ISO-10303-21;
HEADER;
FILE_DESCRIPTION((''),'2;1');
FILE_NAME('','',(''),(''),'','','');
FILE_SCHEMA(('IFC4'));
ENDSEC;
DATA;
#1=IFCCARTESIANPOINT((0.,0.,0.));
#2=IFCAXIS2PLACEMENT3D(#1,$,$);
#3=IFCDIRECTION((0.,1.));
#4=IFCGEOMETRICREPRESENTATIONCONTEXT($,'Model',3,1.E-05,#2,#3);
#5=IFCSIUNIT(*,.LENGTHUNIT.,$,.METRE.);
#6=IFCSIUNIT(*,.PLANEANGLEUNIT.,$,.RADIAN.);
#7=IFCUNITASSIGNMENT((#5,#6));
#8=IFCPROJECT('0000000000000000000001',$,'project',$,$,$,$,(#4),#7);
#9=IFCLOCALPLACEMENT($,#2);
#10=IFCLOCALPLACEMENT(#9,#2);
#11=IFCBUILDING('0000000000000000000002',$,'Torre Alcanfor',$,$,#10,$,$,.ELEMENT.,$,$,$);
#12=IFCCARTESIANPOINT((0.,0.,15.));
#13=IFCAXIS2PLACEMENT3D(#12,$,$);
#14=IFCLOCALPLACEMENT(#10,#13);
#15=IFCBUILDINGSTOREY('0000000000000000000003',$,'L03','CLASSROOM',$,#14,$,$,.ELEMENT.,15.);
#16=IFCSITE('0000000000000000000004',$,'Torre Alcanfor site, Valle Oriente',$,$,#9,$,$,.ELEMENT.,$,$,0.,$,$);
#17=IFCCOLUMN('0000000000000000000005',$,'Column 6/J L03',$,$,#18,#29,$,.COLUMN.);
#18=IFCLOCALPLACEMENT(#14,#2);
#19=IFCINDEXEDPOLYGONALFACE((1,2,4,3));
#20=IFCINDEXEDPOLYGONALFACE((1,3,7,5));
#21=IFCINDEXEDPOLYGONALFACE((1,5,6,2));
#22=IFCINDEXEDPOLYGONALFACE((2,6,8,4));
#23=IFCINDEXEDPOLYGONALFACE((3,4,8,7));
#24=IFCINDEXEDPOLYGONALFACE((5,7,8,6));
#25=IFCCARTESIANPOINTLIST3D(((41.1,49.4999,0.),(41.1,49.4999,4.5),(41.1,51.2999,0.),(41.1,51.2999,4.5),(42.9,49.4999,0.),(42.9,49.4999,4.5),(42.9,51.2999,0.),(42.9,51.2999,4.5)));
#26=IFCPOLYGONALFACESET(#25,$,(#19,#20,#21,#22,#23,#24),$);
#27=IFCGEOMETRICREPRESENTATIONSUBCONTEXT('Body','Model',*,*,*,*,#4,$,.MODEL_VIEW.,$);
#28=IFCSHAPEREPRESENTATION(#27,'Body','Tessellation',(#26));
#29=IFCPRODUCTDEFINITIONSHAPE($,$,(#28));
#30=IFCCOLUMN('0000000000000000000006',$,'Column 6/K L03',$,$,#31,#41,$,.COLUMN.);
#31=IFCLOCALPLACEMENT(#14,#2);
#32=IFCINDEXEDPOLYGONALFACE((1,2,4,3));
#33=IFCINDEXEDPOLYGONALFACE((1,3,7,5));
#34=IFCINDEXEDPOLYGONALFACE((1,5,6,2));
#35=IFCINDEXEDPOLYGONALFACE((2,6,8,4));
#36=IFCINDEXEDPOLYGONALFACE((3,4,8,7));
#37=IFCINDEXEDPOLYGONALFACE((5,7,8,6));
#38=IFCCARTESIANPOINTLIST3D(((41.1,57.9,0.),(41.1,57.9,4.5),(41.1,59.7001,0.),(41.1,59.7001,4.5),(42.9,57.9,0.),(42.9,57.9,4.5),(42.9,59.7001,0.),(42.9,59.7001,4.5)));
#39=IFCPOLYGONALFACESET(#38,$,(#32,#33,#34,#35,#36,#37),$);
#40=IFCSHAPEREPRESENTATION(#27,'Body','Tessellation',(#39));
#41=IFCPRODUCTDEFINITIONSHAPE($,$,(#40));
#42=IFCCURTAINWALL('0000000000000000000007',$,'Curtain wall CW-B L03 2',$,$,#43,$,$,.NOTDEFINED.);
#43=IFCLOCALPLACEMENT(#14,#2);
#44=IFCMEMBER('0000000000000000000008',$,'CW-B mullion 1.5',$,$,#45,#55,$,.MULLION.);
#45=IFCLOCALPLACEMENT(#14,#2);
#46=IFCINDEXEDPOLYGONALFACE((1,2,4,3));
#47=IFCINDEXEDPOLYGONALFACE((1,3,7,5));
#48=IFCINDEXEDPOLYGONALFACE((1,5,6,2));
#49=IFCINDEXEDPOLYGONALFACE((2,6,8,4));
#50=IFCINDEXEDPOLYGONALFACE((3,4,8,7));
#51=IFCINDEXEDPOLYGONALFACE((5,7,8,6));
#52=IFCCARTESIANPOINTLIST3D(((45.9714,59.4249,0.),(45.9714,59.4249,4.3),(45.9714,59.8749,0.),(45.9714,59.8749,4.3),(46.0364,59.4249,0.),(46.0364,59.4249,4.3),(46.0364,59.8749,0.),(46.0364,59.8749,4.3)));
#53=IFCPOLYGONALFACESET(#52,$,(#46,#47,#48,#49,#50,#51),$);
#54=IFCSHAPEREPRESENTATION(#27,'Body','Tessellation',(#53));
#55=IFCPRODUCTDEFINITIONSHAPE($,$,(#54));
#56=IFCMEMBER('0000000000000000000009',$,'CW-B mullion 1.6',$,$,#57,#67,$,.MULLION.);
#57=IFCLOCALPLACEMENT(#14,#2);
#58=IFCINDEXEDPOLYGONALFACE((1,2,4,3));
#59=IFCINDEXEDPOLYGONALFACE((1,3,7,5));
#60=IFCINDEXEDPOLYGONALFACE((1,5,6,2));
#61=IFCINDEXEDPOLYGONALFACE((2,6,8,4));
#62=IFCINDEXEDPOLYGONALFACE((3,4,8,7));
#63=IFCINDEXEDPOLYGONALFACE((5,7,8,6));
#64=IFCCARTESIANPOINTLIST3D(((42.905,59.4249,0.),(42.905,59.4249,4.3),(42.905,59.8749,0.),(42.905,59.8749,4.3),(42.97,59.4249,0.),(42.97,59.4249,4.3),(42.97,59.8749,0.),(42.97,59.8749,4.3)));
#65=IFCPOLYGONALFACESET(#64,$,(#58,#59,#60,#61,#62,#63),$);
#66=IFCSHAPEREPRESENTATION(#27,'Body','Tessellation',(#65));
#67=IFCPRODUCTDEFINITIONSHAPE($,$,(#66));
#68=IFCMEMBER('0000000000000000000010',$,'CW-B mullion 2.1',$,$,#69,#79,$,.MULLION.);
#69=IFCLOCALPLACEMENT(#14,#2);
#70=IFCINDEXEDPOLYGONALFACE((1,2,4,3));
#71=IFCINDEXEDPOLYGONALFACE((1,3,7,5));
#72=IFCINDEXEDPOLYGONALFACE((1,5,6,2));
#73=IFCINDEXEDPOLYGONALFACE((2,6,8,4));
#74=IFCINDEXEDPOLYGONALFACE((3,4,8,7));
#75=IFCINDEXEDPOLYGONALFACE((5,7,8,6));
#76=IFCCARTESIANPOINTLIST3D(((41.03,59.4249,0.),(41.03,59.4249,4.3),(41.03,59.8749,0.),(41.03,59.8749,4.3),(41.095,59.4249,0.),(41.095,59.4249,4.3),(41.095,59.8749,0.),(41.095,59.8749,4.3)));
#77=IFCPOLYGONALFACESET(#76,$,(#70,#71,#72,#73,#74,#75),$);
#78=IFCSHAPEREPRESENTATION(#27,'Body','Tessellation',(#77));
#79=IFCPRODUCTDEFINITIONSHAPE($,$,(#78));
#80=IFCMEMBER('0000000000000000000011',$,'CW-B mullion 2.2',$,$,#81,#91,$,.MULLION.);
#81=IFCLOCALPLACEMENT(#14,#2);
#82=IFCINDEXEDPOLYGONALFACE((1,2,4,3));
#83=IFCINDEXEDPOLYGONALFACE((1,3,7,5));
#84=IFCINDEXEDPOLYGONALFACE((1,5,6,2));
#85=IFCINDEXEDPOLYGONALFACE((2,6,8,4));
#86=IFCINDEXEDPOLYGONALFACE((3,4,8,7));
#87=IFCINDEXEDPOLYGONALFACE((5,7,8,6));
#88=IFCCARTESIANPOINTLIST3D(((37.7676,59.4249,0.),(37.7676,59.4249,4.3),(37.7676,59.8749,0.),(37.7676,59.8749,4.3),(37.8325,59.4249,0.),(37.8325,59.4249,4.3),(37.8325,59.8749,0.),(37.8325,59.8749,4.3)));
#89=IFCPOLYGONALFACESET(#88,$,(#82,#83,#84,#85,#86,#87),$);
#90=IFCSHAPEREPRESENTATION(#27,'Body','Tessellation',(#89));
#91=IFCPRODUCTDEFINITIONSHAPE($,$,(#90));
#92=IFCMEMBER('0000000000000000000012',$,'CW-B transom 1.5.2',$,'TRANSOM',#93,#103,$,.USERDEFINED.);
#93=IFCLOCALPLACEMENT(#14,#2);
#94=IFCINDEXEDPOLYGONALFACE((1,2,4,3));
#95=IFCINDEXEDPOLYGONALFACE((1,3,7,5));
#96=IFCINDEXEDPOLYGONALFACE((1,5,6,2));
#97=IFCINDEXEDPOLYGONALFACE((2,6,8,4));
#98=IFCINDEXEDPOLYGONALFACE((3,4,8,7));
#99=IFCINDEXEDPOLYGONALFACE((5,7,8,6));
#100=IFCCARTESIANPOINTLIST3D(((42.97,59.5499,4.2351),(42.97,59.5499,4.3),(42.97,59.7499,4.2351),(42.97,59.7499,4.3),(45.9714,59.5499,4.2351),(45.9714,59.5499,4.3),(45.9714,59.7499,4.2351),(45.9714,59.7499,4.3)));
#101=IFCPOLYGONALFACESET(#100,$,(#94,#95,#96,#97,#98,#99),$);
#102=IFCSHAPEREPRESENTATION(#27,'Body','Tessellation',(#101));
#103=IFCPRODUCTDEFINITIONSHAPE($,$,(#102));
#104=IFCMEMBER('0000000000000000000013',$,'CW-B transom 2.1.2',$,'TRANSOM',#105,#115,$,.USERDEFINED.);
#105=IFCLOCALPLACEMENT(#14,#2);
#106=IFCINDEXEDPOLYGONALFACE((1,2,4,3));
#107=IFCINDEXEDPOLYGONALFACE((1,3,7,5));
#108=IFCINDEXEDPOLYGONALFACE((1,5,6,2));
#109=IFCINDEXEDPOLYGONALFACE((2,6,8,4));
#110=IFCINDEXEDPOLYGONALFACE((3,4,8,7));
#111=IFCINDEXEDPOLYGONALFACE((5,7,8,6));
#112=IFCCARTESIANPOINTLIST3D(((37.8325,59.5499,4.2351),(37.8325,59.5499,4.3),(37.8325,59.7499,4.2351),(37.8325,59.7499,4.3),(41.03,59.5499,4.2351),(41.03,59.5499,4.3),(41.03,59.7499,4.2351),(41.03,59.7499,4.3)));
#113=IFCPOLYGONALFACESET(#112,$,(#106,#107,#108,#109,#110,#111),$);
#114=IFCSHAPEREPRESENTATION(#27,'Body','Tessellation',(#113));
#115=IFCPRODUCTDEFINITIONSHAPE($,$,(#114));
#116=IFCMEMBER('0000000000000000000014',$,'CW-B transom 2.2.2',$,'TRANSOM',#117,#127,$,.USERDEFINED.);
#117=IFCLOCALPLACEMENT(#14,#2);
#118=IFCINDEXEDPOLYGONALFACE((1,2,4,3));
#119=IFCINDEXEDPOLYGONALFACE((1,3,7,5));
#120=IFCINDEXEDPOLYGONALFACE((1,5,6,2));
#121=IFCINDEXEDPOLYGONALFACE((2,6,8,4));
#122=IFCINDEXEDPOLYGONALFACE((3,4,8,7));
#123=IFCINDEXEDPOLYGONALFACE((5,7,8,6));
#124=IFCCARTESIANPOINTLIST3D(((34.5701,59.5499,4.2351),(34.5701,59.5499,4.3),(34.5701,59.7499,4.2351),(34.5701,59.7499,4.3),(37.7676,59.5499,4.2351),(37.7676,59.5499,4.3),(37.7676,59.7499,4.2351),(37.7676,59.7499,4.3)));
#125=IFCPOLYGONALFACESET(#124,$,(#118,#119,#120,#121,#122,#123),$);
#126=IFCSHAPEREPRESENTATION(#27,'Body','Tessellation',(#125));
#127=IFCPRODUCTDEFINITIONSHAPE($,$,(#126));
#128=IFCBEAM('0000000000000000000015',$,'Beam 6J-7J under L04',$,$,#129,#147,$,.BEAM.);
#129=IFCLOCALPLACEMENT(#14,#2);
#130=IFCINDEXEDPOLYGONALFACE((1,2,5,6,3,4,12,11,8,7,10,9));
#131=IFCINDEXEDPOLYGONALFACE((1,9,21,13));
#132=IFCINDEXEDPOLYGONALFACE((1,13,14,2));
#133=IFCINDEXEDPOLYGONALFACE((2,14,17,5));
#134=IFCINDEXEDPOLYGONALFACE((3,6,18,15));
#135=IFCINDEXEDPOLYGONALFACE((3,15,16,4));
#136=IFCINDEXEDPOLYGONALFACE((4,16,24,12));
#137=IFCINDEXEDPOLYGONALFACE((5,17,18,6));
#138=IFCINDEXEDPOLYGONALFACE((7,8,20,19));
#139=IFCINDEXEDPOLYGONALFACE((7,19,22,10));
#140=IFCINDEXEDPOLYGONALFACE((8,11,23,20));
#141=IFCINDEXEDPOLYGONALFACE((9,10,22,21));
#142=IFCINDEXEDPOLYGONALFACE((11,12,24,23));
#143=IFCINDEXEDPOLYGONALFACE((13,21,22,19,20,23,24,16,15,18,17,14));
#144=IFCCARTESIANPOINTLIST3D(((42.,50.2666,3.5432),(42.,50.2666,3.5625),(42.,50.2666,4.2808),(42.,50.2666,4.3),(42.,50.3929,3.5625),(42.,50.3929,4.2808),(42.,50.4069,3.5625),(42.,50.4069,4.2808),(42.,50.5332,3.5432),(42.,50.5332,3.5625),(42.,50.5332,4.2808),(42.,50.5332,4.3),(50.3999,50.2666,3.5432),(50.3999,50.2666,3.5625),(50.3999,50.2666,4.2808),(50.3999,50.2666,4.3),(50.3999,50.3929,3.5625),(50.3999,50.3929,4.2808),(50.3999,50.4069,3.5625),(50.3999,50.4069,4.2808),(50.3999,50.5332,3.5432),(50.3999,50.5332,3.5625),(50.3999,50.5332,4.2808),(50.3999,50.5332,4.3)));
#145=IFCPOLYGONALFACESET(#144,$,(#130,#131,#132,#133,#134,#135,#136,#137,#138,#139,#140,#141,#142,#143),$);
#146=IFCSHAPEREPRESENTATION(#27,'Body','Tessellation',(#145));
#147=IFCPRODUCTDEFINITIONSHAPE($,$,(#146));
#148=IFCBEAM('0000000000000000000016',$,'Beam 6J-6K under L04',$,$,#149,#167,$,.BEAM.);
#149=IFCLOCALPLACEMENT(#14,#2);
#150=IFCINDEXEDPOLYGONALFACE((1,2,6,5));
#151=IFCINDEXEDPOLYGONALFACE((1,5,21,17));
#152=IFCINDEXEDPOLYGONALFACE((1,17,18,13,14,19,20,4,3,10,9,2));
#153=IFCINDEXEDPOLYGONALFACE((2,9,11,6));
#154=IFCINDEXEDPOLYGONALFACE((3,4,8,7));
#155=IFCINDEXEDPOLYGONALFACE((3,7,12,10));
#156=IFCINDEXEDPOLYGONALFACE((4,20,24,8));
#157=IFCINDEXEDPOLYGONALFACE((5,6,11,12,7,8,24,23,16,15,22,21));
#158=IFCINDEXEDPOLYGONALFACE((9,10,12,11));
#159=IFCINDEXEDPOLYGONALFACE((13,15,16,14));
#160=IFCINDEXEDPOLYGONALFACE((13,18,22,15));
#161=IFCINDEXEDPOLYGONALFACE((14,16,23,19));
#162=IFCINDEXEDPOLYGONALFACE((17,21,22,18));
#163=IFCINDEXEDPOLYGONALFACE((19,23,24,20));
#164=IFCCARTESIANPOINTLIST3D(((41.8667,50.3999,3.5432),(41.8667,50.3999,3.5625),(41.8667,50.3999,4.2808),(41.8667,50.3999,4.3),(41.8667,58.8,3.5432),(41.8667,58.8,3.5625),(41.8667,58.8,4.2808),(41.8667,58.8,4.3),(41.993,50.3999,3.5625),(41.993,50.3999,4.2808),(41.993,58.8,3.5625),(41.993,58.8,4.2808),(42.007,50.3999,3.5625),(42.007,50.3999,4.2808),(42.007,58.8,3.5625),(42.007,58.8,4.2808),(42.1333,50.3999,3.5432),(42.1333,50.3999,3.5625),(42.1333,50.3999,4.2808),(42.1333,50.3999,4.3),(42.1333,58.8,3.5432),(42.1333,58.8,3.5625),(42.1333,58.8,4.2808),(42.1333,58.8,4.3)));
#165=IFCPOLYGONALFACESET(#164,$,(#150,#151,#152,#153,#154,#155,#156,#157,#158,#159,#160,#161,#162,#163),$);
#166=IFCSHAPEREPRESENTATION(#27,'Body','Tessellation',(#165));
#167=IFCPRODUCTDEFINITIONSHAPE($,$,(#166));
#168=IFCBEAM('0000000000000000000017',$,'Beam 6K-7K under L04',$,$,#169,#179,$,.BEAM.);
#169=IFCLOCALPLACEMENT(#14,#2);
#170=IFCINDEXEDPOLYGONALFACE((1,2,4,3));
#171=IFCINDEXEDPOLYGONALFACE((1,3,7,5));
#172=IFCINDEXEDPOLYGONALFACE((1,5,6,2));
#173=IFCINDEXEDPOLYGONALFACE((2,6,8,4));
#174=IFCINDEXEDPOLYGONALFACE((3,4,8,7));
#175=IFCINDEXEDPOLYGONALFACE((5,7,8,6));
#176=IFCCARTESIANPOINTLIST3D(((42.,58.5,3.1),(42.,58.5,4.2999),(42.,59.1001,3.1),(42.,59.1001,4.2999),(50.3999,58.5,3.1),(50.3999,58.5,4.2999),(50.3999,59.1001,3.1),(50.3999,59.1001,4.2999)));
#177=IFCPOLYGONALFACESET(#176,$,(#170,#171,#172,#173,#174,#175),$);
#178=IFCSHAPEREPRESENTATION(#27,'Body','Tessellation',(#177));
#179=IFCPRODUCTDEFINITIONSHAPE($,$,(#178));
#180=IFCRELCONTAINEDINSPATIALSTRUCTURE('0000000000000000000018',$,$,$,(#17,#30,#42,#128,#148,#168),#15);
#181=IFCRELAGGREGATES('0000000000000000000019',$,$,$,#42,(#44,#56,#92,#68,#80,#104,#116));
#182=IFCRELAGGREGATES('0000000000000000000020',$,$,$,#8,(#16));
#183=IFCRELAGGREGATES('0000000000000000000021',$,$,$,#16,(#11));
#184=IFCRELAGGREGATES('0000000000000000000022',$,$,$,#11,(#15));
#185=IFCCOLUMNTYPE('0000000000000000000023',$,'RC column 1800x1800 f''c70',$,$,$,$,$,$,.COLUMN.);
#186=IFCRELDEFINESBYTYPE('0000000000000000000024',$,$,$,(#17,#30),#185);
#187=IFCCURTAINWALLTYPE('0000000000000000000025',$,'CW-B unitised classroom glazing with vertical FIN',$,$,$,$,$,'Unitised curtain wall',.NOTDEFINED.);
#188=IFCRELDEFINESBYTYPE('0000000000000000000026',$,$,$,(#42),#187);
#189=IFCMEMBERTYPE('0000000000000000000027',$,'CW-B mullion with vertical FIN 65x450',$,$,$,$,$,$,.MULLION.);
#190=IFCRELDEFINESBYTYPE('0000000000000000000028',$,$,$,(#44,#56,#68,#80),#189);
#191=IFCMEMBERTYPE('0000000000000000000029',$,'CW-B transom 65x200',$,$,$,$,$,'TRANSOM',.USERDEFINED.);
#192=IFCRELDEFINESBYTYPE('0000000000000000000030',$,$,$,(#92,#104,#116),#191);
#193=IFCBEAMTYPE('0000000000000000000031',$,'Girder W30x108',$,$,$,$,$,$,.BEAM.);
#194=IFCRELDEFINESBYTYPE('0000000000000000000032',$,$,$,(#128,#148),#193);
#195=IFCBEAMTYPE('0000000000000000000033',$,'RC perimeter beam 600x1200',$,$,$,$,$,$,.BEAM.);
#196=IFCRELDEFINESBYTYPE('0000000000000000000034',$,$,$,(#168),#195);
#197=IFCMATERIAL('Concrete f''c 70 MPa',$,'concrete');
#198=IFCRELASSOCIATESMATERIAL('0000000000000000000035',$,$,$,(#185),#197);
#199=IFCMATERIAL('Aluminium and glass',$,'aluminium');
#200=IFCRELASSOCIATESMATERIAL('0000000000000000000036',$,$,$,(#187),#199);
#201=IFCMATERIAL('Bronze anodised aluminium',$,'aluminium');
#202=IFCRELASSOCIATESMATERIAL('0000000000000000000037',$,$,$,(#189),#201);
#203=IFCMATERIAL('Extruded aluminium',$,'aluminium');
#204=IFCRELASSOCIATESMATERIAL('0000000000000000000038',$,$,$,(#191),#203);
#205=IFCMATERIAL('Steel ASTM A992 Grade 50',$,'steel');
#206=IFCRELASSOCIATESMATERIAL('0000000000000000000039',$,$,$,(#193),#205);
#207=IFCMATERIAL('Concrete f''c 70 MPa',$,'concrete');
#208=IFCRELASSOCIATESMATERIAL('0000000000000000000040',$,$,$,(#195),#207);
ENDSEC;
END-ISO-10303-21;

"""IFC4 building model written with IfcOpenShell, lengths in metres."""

from ifc_helpers import new_model, si_unit, direction, frame, origin, origin_2d, place, context, subcontext, project, spatial, rectangle, i_section, extrude, material, material_profile, profile_set, type_object, element, aggregate, save


model = new_model("IFC4")

# Units and contexts
model_context = context("Model", 3, precision=1e-05, world=origin(), true_north=direction((0.0, 1.0)))
body_context = subcontext(model_context, "Body", "Model", "MODEL_VIEW")
ifc_project = project(units=[si_unit("LENGTHUNIT", "METRE"), si_unit("PLANEANGLEUNIT", "RADIAN")], contexts=[model_context])

# Site, building, storey
site_placement = place(None, origin())
site = spatial("IfcSite", under=ifc_project, at=site_placement, Name="Torre Alcanfor site, Valle Oriente", CompositionType="ELEMENT", RefElevation=0.0)
building_placement = place(site_placement, origin())
building = spatial("IfcBuilding", under=site, at=building_placement, Name="Torre Alcanfor", CompositionType="ELEMENT")
storey_placement = place(building_placement, frame((0.0, 0.0, 15.0)))
storey = spatial("IfcBuildingStorey", under=building, at=storey_placement, Name="L03", Description="CLASSROOM", CompositionType="ELEMENT", Elevation=15.0)

# Columns
ifc_material_1 = material(Name="Concrete f'c 70 MPa", Category="concrete")
ifc_material_profile_1 = material_profile(ifc_material_1, rectangle(XDim=1.8, YDim=1.8, at=origin_2d()), Name="1800x1800")
ifc_profile_set_1 = profile_set([ifc_material_profile_1], Name="Concrete f'c 70 MPa")
column_type = type_object("IfcColumnType", Name="RC column 1800x1800 f'c70", PredefinedType="COLUMN", material=ifc_profile_set_1)
for number, where, z_axis, x_axis, name in (
    (1, (42.0, 50.3999, 0.0), (0.0, 0.0, 1.0), (1.0, 0.0, 0.0), "Column 6/J L03"),
    (2, (42.0, 58.8, 0.0), (0.0, 0.0, 1.0), (1.0, 0.0, 0.0), "Column 6/K L03"),
):
    element("IfcColumn", number, at=place(storey_placement, frame(where, z_axis=z_axis, x_axis=x_axis)), inside=storey, type_object=column_type, Name=name, PredefinedType="COLUMN", context=body_context, shape_type="SweptSolid", body=[
        extrude(rectangle(XDim=1.8, YDim=1.8, at=origin_2d()), origin(), (0.0, 0.0, 1.0), 4.5),
    ])

# Curtain wall, members
ifc_material_2 = material(Name="Aluminium and glass", Category="aluminium")
curtain_wall_type = type_object("IfcCurtainWallType", Name="CW-B unitised classroom glazing with vertical FIN", ElementType="Unitised curtain wall", PredefinedType="NOTDEFINED", material=ifc_material_2)
curtain_wall_placement = place(storey_placement, origin())
curtain_wall = element("IfcCurtainWall", 3, at=curtain_wall_placement, inside=storey, type_object=curtain_wall_type, Name="Curtain wall CW-B L03 2", PredefinedType="NOTDEFINED")
ifc_material_3 = material(Name="Bronze anodised aluminium", Category="aluminium")
ifc_material_profile_2 = material_profile(ifc_material_3, rectangle(XDim=0.45, YDim=0.0649, at=origin_2d()), Name="CW-B mullion 65x450")
ifc_profile_set_2 = profile_set([ifc_material_profile_2], Name="Bronze anodised aluminium")
member_type_1 = type_object("IfcMemberType", Name="CW-B mullion with vertical FIN 65x450", PredefinedType="MULLION", material=ifc_profile_set_2)
member_1_placement = place(storey_placement, frame((46.0039, 59.6499, 0.0), z_axis=(0.0, 0.0, 1.0), x_axis=(0.0, -1.0, 0.0)))
member_1 = element("IfcMember", 4, at=member_1_placement, type_object=member_type_1, Name="CW-B mullion 1.5", PredefinedType="MULLION", context=body_context, shape_type="SweptSolid", body=[
    extrude(rectangle(XDim=0.45, YDim=0.0649, at=origin_2d()), origin(), (0.0, 0.0, 1.0), 4.3),
])
member_2_placement = place(storey_placement, frame((42.9375, 59.6499, 0.0), z_axis=(0.0, 0.0, 1.0), x_axis=(0.0, -1.0, 0.0)))
member_2 = element("IfcMember", 5, at=member_2_placement, type_object=member_type_1, Name="CW-B mullion 1.6", PredefinedType="MULLION", context=body_context, shape_type="SweptSolid", body=[
    extrude(rectangle(XDim=0.45, YDim=0.0649, at=origin_2d()), origin(), (0.0, 0.0, 1.0), 4.3),
])
member_3_placement = place(storey_placement, frame((41.0625, 59.6499, 0.0), z_axis=(0.0, 0.0, 1.0), x_axis=(0.0, -1.0, 0.0)))
member_3 = element("IfcMember", 6, at=member_3_placement, type_object=member_type_1, Name="CW-B mullion 2.1", PredefinedType="MULLION", context=body_context, shape_type="SweptSolid", body=[
    extrude(rectangle(XDim=0.45, YDim=0.0649, at=origin_2d()), origin(), (0.0, 0.0, 1.0), 4.3),
])
member_4_placement = place(storey_placement, frame((37.8, 59.6499, 0.0), z_axis=(0.0, 0.0, 1.0), x_axis=(0.0, -1.0, 0.0)))
member_4 = element("IfcMember", 7, at=member_4_placement, type_object=member_type_1, Name="CW-B mullion 2.2", PredefinedType="MULLION", context=body_context, shape_type="SweptSolid", body=[
    extrude(rectangle(XDim=0.45, YDim=0.0649, at=origin_2d()), origin(), (0.0, 0.0, 1.0), 4.3),
])
ifc_material_4 = material(Name="Extruded aluminium", Category="aluminium")
ifc_material_profile_3 = material_profile(ifc_material_4, rectangle(XDim=0.2, YDim=0.0649, at=origin_2d()), Name="CW-B transom 200x65")
ifc_profile_set_3 = profile_set([ifc_material_profile_3], Name="Extruded aluminium")
member_type_2 = type_object("IfcMemberType", Name="CW-B transom 65x200", ElementType="TRANSOM", PredefinedType="USERDEFINED", material=ifc_profile_set_3)
member_5_placement = place(storey_placement, frame((45.9714, 59.6499, 4.2676), z_axis=(-1.0, 0.0, 0.0), x_axis=(0.0, -1.0, 0.0)))
member_5 = element("IfcMember", 8, at=member_5_placement, type_object=member_type_2, Name="CW-B transom 1.5.2", ObjectType="TRANSOM", PredefinedType="USERDEFINED", context=body_context, shape_type="SweptSolid", body=[
    extrude(rectangle(XDim=0.2, YDim=0.0649, at=origin_2d()), origin(), (0.0, 0.0, 1.0), 3.0015),
])
member_6_placement = place(storey_placement, frame((41.03, 59.6499, 4.2676), z_axis=(-1.0, 0.0, 0.0), x_axis=(0.0, -1.0, 0.0)))
member_6 = element("IfcMember", 9, at=member_6_placement, type_object=member_type_2, Name="CW-B transom 2.1.2", ObjectType="TRANSOM", PredefinedType="USERDEFINED", context=body_context, shape_type="SweptSolid", body=[
    extrude(rectangle(XDim=0.2, YDim=0.0649, at=origin_2d()), origin(), (0.0, 0.0, 1.0), 3.1975),
])
member_7_placement = place(storey_placement, frame((37.7676, 59.6499, 4.2676), z_axis=(-1.0, 0.0, 0.0), x_axis=(0.0, -1.0, 0.0)))
member_7 = element("IfcMember", 10, at=member_7_placement, type_object=member_type_2, Name="CW-B transom 2.2.2", ObjectType="TRANSOM", PredefinedType="USERDEFINED", context=body_context, shape_type="SweptSolid", body=[
    extrude(rectangle(XDim=0.2, YDim=0.0649, at=origin_2d()), origin(), (0.0, 0.0, 1.0), 3.1975),
])

# Beams
ifc_material_5 = material(Name="Steel ASTM A992 Grade 50", Category="steel")
ifc_material_profile_4 = material_profile(ifc_material_5, i_section(OverallWidth=0.2666, OverallDepth=0.7568, WebThickness=0.0139, FlangeThickness=0.0193, at=origin_2d()), Name="W30x108")
ifc_profile_set_4 = profile_set([ifc_material_profile_4], Name="Steel ASTM A992 Grade 50")
beam_type_1 = type_object("IfcBeamType", Name="Girder W30x108", PredefinedType="BEAM", material=ifc_profile_set_4)
beam_1_placement = place(storey_placement, frame((42.0, 50.3999, 3.9216), z_axis=(1.0, 0.0, 0.0), x_axis=(0.0, 1.0, 0.0)))
element("IfcBeam", 11, at=beam_1_placement, inside=storey, type_object=beam_type_1, Name="Beam 6J-7J under L04", PredefinedType="BEAM", context=body_context, shape_type="SweptSolid", body=[
    extrude(i_section(OverallWidth=0.2666, OverallDepth=0.7568, WebThickness=0.0139, FlangeThickness=0.0193, at=origin_2d()), origin(), (0.0, 0.0, 1.0), 8.3999),
])
beam_2_placement = place(storey_placement, frame((42.0, 50.3999, 3.9216), z_axis=(0.0, 1.0, 0.0), x_axis=(-1.0, 0.0, 0.0)))
element("IfcBeam", 12, at=beam_2_placement, inside=storey, type_object=beam_type_1, Name="Beam 6J-6K under L04", PredefinedType="BEAM", context=body_context, shape_type="SweptSolid", body=[
    extrude(i_section(OverallWidth=0.2666, OverallDepth=0.7568, WebThickness=0.0139, FlangeThickness=0.0193, at=origin_2d()), origin(), (0.0, 0.0, 1.0), 8.4001),
])
ifc_material_6 = material(Name="Concrete f'c 70 MPa", Category="concrete")
ifc_material_profile_5 = material_profile(ifc_material_6, rectangle(XDim=0.6001, YDim=1.2, at=origin_2d()), Name="600x1200")
ifc_profile_set_5 = profile_set([ifc_material_profile_5], Name="Concrete f'c 70 MPa")
beam_type_2 = type_object("IfcBeamType", Name="RC perimeter beam 600x1200", PredefinedType="BEAM", material=ifc_profile_set_5)
beam_3_placement = place(storey_placement, frame((42.0, 58.8, 3.7), z_axis=(1.0, 0.0, 0.0), x_axis=(0.0, 1.0, 0.0)))
element("IfcBeam", 13, at=beam_3_placement, inside=storey, type_object=beam_type_2, Name="Beam 6K-7K under L04", PredefinedType="BEAM", context=body_context, shape_type="SweptSolid", body=[
    extrude(rectangle(XDim=0.6001, YDim=1.2, at=origin_2d()), origin(), (0.0, 0.0, 1.0), 8.3999),
])

aggregate(curtain_wall, [member_1, member_2, member_5, member_3, member_4, member_6, member_7])

save(model, "model.ifc")
